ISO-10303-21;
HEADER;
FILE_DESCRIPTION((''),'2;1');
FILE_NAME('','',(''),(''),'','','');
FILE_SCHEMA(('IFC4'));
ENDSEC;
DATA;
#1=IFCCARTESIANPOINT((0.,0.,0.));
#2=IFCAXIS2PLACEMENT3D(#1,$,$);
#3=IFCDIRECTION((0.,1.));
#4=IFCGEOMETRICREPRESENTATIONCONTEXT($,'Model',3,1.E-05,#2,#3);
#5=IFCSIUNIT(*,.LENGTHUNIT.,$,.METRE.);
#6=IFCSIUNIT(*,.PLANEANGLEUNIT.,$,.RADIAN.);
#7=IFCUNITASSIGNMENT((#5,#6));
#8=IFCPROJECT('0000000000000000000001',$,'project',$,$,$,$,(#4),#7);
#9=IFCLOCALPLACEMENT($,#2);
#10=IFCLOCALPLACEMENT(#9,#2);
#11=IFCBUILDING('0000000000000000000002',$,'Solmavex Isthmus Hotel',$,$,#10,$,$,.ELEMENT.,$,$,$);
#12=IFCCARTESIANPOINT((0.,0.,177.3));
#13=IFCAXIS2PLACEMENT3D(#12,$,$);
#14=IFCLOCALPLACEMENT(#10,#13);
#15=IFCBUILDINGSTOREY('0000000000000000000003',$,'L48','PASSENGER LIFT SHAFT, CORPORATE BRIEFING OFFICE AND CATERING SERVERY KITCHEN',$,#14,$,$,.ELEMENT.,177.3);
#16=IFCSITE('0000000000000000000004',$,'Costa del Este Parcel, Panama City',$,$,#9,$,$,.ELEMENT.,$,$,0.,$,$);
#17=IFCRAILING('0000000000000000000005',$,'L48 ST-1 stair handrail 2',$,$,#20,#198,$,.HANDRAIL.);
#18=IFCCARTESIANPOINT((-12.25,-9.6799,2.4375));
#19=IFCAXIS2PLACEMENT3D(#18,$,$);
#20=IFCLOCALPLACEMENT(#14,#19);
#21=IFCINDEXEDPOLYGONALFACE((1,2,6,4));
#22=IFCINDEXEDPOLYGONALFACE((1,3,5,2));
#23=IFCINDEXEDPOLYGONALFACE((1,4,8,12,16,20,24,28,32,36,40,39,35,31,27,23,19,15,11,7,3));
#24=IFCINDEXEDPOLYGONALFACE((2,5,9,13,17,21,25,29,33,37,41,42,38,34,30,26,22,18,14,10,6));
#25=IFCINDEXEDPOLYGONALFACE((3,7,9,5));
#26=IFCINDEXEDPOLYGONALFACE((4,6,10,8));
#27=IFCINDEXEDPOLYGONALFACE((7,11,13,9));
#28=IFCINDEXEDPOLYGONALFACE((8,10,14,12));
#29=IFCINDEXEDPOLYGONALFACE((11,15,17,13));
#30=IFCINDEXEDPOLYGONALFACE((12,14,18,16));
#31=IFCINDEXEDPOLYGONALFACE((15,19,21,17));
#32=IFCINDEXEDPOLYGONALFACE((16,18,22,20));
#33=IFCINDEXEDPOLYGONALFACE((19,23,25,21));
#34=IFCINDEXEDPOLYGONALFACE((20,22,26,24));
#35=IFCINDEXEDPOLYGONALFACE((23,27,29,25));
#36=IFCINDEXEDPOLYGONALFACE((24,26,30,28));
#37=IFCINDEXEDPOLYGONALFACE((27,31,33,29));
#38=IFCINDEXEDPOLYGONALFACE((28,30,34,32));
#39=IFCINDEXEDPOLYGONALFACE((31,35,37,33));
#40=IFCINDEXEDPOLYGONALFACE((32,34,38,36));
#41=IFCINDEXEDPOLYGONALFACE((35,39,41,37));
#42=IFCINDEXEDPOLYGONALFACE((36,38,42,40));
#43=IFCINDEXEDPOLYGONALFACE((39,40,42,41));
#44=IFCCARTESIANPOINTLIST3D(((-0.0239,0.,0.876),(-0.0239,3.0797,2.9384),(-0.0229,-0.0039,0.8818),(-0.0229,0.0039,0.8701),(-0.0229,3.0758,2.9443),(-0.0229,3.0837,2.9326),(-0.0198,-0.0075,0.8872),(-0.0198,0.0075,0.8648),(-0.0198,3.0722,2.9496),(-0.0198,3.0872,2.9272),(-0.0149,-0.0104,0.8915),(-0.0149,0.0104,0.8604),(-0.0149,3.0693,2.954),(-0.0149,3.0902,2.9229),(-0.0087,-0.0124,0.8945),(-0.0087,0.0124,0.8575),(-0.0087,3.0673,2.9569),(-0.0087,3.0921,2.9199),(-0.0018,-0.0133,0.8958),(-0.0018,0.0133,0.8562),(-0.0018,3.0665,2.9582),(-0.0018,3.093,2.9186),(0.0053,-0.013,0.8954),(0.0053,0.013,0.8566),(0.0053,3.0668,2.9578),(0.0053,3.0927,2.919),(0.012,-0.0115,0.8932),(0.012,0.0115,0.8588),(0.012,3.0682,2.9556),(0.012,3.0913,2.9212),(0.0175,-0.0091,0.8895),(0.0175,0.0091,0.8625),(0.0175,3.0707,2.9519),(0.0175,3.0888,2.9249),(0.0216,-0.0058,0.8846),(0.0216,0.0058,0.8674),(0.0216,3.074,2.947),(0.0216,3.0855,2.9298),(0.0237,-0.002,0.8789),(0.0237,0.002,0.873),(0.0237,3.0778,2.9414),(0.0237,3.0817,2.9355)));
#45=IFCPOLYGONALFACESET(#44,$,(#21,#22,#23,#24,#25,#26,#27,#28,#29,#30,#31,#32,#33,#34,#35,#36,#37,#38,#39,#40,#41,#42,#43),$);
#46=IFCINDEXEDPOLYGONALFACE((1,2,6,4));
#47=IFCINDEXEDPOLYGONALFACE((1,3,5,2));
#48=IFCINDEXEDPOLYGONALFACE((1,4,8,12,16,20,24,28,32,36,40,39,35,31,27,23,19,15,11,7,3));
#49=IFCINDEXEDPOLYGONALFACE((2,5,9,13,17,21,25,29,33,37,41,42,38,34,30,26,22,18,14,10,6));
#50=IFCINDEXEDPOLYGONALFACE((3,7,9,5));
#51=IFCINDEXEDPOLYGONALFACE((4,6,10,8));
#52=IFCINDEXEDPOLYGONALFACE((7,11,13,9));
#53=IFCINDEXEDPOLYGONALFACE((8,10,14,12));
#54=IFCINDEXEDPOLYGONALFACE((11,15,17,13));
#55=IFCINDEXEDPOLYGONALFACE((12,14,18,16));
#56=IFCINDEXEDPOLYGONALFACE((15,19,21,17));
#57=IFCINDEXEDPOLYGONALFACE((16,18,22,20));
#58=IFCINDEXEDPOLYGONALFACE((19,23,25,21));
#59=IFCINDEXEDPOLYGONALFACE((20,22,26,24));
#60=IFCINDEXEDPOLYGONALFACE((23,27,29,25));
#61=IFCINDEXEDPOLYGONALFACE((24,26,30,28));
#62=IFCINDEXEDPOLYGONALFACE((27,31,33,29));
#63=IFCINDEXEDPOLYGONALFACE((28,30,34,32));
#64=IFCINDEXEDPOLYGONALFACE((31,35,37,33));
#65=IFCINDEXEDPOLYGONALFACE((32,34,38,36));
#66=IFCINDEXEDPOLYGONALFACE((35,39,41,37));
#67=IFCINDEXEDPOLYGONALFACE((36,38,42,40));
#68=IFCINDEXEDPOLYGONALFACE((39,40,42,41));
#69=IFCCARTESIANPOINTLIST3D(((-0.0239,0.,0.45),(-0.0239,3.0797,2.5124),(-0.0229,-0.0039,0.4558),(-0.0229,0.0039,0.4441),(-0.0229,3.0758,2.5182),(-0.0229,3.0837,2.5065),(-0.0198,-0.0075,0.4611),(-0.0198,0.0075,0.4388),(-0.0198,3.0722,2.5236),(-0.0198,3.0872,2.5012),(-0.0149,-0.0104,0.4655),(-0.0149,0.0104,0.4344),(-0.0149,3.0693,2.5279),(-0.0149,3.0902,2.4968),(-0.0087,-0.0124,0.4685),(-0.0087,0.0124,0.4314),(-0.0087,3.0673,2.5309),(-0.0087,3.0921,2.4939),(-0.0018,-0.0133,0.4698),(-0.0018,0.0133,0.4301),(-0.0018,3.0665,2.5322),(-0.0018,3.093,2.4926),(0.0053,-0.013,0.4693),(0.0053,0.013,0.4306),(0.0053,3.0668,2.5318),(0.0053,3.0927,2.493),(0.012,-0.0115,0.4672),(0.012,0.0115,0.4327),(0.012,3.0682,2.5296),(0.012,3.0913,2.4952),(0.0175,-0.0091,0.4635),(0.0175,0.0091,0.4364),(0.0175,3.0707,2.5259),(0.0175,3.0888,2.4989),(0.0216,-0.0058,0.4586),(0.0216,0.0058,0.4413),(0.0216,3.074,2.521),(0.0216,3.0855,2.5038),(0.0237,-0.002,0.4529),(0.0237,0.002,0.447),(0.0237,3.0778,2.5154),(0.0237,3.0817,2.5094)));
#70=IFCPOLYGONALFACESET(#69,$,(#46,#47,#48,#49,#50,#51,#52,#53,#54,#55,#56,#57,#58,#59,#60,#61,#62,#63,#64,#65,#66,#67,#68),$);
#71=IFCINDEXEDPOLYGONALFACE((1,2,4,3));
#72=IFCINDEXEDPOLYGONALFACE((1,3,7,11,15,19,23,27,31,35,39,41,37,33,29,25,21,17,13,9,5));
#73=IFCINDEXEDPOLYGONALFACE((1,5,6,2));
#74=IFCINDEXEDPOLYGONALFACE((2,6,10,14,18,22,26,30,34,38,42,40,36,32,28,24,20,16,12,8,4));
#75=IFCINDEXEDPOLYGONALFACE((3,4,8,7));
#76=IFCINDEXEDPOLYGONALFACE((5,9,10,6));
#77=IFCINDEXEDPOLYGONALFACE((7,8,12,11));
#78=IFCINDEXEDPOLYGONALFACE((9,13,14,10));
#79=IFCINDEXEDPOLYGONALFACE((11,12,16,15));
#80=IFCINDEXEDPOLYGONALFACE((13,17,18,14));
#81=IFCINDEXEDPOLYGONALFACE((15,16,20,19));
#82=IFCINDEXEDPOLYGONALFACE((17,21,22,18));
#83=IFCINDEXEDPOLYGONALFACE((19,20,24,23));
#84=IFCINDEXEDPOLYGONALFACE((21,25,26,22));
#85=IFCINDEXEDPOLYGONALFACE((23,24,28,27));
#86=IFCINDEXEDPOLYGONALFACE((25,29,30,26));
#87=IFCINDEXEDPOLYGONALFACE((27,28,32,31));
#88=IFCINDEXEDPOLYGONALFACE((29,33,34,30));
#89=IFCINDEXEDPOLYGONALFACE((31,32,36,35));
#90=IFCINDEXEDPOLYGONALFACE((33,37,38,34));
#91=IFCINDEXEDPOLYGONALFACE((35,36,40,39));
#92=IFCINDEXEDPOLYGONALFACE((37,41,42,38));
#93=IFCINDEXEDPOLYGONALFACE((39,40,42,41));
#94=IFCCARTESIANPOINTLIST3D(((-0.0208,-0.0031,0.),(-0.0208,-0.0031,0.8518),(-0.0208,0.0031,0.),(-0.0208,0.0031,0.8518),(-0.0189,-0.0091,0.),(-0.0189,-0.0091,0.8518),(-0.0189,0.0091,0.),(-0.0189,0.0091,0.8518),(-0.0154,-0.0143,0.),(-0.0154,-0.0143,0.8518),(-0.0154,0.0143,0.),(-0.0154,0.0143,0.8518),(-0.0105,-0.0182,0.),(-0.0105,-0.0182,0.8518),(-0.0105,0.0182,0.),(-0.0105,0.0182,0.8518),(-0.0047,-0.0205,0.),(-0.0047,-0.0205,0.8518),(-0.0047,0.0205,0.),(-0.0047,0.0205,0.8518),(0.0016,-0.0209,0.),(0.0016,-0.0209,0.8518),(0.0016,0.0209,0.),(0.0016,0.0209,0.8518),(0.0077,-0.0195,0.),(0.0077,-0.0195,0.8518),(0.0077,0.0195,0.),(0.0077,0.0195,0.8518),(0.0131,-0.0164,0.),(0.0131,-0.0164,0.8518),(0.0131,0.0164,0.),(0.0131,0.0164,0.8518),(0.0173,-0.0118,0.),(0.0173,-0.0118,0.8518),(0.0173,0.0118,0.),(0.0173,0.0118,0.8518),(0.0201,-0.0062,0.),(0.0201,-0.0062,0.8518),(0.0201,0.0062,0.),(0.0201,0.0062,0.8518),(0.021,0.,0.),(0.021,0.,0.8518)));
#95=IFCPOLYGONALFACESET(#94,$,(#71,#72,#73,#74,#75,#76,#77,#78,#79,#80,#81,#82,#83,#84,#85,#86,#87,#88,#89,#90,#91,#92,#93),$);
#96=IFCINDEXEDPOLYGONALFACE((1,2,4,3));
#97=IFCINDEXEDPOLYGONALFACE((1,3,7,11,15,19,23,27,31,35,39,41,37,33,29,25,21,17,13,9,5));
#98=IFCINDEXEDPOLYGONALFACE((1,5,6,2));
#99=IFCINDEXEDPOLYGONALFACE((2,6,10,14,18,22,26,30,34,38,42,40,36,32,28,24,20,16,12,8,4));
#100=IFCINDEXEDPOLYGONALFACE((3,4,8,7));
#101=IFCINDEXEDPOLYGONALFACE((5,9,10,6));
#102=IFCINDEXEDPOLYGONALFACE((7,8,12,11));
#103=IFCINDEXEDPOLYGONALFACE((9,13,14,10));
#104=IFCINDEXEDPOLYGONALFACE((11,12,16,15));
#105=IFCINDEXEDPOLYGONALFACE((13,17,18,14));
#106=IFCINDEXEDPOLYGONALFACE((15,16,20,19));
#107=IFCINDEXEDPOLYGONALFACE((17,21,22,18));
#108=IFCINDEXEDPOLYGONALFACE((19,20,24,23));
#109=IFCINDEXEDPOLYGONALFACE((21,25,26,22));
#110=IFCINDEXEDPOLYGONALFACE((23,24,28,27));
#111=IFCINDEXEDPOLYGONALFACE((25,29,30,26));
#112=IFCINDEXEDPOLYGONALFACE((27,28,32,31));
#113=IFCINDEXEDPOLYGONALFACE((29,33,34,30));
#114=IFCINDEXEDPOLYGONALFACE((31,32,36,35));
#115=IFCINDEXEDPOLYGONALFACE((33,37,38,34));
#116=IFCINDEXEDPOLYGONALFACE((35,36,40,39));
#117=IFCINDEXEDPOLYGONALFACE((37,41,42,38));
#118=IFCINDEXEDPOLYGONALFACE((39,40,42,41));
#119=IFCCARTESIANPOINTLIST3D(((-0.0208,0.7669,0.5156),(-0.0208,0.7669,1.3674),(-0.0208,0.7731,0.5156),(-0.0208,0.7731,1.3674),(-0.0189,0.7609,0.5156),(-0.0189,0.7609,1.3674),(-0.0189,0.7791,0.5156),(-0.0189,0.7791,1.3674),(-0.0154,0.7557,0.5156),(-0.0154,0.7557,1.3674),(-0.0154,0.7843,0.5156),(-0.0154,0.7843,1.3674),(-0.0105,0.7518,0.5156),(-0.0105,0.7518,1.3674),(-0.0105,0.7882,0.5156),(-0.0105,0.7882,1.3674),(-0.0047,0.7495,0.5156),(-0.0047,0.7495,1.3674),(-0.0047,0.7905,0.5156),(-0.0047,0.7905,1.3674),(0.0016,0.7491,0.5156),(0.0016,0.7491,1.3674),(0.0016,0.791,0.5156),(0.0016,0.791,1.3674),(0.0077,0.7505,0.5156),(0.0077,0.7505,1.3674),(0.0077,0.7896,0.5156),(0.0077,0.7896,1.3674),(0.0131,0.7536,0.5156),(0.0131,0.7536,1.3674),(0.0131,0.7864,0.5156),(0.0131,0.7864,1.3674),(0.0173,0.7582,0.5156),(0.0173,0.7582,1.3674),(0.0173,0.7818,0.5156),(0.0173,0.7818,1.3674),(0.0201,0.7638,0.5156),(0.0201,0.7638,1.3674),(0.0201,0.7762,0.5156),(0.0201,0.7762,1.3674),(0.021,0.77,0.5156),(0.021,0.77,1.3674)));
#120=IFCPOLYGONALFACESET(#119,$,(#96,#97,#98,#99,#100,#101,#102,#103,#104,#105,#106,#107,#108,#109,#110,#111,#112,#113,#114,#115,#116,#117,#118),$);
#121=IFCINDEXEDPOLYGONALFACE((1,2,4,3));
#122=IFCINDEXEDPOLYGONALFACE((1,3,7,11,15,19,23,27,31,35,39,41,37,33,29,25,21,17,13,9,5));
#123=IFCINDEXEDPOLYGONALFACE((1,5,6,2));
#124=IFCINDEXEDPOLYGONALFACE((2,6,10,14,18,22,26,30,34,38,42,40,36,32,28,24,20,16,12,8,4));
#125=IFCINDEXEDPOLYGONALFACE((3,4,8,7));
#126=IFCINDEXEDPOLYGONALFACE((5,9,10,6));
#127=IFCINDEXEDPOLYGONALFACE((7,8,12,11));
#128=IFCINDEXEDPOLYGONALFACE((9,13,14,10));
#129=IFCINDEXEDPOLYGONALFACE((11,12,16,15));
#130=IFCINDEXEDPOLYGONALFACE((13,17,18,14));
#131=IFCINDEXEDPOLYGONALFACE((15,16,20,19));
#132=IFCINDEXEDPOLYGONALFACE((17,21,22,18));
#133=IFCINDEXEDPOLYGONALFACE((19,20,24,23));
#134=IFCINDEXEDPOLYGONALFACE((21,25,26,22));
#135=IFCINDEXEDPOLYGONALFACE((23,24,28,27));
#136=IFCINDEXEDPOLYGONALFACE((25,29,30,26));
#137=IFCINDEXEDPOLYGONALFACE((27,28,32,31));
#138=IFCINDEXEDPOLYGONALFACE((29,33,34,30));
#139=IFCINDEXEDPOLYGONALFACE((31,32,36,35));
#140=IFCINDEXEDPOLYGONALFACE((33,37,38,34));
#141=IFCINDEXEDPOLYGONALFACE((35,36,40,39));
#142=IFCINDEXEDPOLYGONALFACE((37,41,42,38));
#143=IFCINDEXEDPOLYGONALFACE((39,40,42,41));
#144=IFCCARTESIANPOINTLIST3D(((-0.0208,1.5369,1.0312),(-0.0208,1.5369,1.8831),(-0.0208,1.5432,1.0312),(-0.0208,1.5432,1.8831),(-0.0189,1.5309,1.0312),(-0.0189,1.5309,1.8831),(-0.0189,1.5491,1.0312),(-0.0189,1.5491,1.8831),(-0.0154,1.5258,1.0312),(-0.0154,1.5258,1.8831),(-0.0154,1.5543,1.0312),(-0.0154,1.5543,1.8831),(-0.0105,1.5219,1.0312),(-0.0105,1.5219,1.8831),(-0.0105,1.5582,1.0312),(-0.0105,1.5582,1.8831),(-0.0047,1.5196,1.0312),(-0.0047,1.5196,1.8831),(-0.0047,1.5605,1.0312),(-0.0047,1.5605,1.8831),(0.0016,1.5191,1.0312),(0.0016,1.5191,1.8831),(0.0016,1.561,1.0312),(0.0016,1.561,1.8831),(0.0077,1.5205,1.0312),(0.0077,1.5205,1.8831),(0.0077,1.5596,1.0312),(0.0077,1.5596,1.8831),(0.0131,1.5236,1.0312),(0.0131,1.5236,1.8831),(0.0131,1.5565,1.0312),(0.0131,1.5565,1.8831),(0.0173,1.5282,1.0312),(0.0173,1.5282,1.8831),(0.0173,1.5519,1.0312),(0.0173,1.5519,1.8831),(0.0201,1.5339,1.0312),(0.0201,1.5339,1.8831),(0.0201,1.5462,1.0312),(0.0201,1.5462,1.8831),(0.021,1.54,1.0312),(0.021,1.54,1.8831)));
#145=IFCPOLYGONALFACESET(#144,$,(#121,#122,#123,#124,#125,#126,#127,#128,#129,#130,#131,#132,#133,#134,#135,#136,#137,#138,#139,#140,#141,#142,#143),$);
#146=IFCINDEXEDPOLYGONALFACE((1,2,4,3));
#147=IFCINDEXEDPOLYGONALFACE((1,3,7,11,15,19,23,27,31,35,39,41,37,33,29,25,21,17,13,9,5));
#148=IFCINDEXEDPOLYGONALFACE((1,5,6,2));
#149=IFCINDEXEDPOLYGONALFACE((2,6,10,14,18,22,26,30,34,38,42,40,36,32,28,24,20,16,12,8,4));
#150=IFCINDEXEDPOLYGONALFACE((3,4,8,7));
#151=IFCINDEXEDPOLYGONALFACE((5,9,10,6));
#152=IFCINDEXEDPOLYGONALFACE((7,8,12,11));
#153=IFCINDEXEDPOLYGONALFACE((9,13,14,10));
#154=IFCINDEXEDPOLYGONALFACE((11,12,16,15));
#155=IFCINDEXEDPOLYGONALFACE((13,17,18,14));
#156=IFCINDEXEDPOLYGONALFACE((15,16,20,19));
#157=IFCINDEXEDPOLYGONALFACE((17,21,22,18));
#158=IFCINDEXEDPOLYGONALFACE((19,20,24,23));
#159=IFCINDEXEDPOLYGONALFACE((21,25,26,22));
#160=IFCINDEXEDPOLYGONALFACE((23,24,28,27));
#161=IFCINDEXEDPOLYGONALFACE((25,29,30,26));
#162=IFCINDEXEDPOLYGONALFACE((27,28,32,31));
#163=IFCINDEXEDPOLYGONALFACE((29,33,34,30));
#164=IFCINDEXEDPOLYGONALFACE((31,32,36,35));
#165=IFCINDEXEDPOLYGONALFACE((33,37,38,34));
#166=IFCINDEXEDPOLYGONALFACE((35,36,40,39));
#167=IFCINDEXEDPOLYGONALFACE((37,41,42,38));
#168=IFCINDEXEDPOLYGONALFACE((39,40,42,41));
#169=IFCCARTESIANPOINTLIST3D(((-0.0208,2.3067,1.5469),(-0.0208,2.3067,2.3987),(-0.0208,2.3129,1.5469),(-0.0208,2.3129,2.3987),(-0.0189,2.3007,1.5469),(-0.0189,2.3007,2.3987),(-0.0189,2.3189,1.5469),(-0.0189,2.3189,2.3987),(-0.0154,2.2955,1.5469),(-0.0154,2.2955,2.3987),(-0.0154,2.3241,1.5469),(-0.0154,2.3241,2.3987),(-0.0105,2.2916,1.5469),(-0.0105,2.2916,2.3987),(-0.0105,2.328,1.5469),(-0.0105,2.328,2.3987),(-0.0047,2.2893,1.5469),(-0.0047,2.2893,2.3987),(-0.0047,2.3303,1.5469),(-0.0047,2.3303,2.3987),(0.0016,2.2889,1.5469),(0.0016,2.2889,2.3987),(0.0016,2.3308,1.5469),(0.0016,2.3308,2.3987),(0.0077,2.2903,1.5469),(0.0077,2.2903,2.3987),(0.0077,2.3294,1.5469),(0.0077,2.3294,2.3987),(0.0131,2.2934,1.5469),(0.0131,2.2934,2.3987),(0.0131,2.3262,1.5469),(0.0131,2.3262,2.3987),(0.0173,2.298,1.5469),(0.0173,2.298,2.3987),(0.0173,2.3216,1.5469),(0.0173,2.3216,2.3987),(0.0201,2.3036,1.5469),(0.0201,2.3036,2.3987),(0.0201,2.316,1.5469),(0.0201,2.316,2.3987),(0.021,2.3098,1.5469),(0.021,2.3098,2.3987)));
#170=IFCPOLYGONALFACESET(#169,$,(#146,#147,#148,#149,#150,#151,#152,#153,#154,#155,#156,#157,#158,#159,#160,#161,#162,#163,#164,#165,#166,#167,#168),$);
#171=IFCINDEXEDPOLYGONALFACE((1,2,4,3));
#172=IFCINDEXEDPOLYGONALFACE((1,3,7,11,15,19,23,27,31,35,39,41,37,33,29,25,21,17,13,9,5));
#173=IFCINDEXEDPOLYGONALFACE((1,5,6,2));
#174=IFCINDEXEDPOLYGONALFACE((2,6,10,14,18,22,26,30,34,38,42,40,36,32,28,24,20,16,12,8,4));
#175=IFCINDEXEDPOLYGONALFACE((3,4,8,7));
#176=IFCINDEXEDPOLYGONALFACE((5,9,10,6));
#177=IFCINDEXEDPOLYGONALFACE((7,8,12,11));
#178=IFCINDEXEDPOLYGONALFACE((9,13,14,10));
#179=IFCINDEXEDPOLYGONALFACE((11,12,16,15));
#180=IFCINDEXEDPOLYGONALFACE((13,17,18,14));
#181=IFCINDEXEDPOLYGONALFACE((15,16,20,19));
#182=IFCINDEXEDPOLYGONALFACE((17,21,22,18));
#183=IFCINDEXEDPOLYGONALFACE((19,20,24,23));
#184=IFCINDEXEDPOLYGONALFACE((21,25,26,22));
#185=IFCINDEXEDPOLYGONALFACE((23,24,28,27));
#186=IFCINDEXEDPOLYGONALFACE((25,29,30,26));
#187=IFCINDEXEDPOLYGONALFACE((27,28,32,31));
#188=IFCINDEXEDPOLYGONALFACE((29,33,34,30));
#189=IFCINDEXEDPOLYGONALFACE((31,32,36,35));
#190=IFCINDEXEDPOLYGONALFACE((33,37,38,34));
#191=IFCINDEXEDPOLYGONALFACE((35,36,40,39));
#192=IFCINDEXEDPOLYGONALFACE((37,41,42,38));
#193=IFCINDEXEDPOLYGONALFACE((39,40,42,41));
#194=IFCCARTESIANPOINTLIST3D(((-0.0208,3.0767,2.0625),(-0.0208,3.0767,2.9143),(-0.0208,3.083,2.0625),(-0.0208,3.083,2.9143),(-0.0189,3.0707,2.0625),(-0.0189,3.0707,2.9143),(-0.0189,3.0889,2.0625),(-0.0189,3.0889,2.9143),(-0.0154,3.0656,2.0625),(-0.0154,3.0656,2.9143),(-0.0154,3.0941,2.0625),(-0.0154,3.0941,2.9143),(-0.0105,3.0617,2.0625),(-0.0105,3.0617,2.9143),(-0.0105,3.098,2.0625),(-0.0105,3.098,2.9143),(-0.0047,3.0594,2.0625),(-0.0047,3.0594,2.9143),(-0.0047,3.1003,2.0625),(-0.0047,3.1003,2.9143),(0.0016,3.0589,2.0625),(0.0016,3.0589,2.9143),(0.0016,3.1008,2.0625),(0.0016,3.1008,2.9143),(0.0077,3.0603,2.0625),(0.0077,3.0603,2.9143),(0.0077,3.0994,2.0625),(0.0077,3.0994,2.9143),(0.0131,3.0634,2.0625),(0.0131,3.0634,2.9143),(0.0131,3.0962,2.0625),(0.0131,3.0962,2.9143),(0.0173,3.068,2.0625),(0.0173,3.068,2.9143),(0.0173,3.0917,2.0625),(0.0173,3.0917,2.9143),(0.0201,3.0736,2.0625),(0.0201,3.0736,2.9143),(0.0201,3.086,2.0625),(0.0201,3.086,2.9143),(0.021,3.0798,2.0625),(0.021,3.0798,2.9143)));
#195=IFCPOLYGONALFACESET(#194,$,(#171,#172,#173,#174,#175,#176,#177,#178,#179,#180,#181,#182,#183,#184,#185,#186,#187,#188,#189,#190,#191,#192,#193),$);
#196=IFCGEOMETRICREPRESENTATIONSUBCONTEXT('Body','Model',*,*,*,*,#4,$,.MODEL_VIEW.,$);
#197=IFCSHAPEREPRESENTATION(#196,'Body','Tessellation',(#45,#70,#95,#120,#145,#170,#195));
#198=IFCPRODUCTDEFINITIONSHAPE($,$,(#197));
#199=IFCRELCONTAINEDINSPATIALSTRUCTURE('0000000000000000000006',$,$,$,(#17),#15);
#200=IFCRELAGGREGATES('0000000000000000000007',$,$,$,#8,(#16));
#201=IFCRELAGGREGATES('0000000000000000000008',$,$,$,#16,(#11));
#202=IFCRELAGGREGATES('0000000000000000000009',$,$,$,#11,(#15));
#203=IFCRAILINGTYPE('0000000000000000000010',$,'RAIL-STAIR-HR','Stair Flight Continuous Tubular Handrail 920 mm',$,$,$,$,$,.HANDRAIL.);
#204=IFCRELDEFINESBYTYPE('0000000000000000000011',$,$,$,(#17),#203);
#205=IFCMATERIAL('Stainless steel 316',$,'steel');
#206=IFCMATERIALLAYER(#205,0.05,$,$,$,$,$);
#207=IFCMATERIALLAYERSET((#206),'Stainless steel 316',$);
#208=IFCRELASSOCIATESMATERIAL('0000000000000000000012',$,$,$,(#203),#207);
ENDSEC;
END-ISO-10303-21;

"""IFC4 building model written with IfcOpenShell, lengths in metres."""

from ifc_helpers import new_model, si_unit, direction, frame, origin, origin_2d, place, context, subcontext, project, spatial, circle, extrude, material, layer, layer_set, type_object, element, save


model = new_model("IFC4")

# Units and contexts
model_context = context("Model", 3, precision=1e-05, world=origin(), true_north=direction((0.0, 1.0)))
body_context = subcontext(model_context, "Body", "Model", "MODEL_VIEW")
ifc_project = project(units=[si_unit("LENGTHUNIT", "METRE"), si_unit("PLANEANGLEUNIT", "RADIAN")], contexts=[model_context])

# Site, building, storey
site_placement = place(None, origin())
site = spatial("IfcSite", under=ifc_project, at=site_placement, Name="Costa del Este Parcel, Panama City", CompositionType="ELEMENT", RefElevation=0.0)
building_placement = place(site_placement, origin())
building = spatial("IfcBuilding", under=site, at=building_placement, Name="Solmavex Isthmus Hotel", CompositionType="ELEMENT")
storey_placement = place(building_placement, frame((0.0, 0.0, 177.3)))
storey = spatial("IfcBuildingStorey", under=building, at=storey_placement, Name="L48", Description="PASSENGER LIFT SHAFT, CORPORATE BRIEFING OFFICE AND CATERING SERVERY KITCHEN", CompositionType="ELEMENT", Elevation=177.3)

# Shared definitions
ifc_material_1 = material(Name="Stainless steel 316", Category="steel")

# Railing
ifc_layer_1 = layer(ifc_material_1, 0.05)
ifc_layer_set_1 = layer_set([ifc_layer_1], Name="Stainless steel 316")
railing_type = type_object("IfcRailingType", Name="RAIL-STAIR-HR", Description="Stair Flight Continuous Tubular Handrail 920 mm", PredefinedType="HANDRAIL", material=ifc_layer_set_1)
railing_placement = place(storey_placement, frame((-12.25, -9.6799, 2.4375)))
element("IfcRailing", 1, at=railing_placement, inside=storey, type_object=railing_type, Name="L48 ST-1 stair handrail 2", PredefinedType="HANDRAIL", context=body_context, shape_type="SweptSolid", body=[
    extrude(circle(Radius=0.0239, at=origin_2d()), frame((0.0, 0.0, 0.876), z_axis=(0.0, 0.830893, 0.556432), x_axis=(-1.0, 0.0, 0.0)), (0.0, 0.0, 1.0), 3.7065),
    extrude(circle(Radius=0.0239, at=origin_2d()), frame((0.0, 0.0, 0.45), z_axis=(0.0, 0.830893, 0.556432), x_axis=(-1.0, 0.0, 0.0)), (0.0, 0.0, 1.0), 3.7065),
    extrude(circle(Radius=0.021, at=origin_2d()), origin(), (0.0, 0.0, 1.0), 0.8518),
    extrude(circle(Radius=0.021, at=origin_2d()), frame((0.0, 0.77, 0.5156)), (0.0, 0.0, 1.0), 0.8518),
    extrude(circle(Radius=0.021, at=origin_2d()), frame((0.0, 1.54, 1.0312)), (0.0, 0.0, 1.0), 0.8518),
    extrude(circle(Radius=0.021, at=origin_2d()), frame((0.0, 2.3098, 1.5469)), (0.0, 0.0, 1.0), 0.8518),
    extrude(circle(Radius=0.021, at=origin_2d()), frame((0.0, 3.0798, 2.0625)), (0.0, 0.0, 1.0), 0.8518),
])

save(model, "model.ifc")
